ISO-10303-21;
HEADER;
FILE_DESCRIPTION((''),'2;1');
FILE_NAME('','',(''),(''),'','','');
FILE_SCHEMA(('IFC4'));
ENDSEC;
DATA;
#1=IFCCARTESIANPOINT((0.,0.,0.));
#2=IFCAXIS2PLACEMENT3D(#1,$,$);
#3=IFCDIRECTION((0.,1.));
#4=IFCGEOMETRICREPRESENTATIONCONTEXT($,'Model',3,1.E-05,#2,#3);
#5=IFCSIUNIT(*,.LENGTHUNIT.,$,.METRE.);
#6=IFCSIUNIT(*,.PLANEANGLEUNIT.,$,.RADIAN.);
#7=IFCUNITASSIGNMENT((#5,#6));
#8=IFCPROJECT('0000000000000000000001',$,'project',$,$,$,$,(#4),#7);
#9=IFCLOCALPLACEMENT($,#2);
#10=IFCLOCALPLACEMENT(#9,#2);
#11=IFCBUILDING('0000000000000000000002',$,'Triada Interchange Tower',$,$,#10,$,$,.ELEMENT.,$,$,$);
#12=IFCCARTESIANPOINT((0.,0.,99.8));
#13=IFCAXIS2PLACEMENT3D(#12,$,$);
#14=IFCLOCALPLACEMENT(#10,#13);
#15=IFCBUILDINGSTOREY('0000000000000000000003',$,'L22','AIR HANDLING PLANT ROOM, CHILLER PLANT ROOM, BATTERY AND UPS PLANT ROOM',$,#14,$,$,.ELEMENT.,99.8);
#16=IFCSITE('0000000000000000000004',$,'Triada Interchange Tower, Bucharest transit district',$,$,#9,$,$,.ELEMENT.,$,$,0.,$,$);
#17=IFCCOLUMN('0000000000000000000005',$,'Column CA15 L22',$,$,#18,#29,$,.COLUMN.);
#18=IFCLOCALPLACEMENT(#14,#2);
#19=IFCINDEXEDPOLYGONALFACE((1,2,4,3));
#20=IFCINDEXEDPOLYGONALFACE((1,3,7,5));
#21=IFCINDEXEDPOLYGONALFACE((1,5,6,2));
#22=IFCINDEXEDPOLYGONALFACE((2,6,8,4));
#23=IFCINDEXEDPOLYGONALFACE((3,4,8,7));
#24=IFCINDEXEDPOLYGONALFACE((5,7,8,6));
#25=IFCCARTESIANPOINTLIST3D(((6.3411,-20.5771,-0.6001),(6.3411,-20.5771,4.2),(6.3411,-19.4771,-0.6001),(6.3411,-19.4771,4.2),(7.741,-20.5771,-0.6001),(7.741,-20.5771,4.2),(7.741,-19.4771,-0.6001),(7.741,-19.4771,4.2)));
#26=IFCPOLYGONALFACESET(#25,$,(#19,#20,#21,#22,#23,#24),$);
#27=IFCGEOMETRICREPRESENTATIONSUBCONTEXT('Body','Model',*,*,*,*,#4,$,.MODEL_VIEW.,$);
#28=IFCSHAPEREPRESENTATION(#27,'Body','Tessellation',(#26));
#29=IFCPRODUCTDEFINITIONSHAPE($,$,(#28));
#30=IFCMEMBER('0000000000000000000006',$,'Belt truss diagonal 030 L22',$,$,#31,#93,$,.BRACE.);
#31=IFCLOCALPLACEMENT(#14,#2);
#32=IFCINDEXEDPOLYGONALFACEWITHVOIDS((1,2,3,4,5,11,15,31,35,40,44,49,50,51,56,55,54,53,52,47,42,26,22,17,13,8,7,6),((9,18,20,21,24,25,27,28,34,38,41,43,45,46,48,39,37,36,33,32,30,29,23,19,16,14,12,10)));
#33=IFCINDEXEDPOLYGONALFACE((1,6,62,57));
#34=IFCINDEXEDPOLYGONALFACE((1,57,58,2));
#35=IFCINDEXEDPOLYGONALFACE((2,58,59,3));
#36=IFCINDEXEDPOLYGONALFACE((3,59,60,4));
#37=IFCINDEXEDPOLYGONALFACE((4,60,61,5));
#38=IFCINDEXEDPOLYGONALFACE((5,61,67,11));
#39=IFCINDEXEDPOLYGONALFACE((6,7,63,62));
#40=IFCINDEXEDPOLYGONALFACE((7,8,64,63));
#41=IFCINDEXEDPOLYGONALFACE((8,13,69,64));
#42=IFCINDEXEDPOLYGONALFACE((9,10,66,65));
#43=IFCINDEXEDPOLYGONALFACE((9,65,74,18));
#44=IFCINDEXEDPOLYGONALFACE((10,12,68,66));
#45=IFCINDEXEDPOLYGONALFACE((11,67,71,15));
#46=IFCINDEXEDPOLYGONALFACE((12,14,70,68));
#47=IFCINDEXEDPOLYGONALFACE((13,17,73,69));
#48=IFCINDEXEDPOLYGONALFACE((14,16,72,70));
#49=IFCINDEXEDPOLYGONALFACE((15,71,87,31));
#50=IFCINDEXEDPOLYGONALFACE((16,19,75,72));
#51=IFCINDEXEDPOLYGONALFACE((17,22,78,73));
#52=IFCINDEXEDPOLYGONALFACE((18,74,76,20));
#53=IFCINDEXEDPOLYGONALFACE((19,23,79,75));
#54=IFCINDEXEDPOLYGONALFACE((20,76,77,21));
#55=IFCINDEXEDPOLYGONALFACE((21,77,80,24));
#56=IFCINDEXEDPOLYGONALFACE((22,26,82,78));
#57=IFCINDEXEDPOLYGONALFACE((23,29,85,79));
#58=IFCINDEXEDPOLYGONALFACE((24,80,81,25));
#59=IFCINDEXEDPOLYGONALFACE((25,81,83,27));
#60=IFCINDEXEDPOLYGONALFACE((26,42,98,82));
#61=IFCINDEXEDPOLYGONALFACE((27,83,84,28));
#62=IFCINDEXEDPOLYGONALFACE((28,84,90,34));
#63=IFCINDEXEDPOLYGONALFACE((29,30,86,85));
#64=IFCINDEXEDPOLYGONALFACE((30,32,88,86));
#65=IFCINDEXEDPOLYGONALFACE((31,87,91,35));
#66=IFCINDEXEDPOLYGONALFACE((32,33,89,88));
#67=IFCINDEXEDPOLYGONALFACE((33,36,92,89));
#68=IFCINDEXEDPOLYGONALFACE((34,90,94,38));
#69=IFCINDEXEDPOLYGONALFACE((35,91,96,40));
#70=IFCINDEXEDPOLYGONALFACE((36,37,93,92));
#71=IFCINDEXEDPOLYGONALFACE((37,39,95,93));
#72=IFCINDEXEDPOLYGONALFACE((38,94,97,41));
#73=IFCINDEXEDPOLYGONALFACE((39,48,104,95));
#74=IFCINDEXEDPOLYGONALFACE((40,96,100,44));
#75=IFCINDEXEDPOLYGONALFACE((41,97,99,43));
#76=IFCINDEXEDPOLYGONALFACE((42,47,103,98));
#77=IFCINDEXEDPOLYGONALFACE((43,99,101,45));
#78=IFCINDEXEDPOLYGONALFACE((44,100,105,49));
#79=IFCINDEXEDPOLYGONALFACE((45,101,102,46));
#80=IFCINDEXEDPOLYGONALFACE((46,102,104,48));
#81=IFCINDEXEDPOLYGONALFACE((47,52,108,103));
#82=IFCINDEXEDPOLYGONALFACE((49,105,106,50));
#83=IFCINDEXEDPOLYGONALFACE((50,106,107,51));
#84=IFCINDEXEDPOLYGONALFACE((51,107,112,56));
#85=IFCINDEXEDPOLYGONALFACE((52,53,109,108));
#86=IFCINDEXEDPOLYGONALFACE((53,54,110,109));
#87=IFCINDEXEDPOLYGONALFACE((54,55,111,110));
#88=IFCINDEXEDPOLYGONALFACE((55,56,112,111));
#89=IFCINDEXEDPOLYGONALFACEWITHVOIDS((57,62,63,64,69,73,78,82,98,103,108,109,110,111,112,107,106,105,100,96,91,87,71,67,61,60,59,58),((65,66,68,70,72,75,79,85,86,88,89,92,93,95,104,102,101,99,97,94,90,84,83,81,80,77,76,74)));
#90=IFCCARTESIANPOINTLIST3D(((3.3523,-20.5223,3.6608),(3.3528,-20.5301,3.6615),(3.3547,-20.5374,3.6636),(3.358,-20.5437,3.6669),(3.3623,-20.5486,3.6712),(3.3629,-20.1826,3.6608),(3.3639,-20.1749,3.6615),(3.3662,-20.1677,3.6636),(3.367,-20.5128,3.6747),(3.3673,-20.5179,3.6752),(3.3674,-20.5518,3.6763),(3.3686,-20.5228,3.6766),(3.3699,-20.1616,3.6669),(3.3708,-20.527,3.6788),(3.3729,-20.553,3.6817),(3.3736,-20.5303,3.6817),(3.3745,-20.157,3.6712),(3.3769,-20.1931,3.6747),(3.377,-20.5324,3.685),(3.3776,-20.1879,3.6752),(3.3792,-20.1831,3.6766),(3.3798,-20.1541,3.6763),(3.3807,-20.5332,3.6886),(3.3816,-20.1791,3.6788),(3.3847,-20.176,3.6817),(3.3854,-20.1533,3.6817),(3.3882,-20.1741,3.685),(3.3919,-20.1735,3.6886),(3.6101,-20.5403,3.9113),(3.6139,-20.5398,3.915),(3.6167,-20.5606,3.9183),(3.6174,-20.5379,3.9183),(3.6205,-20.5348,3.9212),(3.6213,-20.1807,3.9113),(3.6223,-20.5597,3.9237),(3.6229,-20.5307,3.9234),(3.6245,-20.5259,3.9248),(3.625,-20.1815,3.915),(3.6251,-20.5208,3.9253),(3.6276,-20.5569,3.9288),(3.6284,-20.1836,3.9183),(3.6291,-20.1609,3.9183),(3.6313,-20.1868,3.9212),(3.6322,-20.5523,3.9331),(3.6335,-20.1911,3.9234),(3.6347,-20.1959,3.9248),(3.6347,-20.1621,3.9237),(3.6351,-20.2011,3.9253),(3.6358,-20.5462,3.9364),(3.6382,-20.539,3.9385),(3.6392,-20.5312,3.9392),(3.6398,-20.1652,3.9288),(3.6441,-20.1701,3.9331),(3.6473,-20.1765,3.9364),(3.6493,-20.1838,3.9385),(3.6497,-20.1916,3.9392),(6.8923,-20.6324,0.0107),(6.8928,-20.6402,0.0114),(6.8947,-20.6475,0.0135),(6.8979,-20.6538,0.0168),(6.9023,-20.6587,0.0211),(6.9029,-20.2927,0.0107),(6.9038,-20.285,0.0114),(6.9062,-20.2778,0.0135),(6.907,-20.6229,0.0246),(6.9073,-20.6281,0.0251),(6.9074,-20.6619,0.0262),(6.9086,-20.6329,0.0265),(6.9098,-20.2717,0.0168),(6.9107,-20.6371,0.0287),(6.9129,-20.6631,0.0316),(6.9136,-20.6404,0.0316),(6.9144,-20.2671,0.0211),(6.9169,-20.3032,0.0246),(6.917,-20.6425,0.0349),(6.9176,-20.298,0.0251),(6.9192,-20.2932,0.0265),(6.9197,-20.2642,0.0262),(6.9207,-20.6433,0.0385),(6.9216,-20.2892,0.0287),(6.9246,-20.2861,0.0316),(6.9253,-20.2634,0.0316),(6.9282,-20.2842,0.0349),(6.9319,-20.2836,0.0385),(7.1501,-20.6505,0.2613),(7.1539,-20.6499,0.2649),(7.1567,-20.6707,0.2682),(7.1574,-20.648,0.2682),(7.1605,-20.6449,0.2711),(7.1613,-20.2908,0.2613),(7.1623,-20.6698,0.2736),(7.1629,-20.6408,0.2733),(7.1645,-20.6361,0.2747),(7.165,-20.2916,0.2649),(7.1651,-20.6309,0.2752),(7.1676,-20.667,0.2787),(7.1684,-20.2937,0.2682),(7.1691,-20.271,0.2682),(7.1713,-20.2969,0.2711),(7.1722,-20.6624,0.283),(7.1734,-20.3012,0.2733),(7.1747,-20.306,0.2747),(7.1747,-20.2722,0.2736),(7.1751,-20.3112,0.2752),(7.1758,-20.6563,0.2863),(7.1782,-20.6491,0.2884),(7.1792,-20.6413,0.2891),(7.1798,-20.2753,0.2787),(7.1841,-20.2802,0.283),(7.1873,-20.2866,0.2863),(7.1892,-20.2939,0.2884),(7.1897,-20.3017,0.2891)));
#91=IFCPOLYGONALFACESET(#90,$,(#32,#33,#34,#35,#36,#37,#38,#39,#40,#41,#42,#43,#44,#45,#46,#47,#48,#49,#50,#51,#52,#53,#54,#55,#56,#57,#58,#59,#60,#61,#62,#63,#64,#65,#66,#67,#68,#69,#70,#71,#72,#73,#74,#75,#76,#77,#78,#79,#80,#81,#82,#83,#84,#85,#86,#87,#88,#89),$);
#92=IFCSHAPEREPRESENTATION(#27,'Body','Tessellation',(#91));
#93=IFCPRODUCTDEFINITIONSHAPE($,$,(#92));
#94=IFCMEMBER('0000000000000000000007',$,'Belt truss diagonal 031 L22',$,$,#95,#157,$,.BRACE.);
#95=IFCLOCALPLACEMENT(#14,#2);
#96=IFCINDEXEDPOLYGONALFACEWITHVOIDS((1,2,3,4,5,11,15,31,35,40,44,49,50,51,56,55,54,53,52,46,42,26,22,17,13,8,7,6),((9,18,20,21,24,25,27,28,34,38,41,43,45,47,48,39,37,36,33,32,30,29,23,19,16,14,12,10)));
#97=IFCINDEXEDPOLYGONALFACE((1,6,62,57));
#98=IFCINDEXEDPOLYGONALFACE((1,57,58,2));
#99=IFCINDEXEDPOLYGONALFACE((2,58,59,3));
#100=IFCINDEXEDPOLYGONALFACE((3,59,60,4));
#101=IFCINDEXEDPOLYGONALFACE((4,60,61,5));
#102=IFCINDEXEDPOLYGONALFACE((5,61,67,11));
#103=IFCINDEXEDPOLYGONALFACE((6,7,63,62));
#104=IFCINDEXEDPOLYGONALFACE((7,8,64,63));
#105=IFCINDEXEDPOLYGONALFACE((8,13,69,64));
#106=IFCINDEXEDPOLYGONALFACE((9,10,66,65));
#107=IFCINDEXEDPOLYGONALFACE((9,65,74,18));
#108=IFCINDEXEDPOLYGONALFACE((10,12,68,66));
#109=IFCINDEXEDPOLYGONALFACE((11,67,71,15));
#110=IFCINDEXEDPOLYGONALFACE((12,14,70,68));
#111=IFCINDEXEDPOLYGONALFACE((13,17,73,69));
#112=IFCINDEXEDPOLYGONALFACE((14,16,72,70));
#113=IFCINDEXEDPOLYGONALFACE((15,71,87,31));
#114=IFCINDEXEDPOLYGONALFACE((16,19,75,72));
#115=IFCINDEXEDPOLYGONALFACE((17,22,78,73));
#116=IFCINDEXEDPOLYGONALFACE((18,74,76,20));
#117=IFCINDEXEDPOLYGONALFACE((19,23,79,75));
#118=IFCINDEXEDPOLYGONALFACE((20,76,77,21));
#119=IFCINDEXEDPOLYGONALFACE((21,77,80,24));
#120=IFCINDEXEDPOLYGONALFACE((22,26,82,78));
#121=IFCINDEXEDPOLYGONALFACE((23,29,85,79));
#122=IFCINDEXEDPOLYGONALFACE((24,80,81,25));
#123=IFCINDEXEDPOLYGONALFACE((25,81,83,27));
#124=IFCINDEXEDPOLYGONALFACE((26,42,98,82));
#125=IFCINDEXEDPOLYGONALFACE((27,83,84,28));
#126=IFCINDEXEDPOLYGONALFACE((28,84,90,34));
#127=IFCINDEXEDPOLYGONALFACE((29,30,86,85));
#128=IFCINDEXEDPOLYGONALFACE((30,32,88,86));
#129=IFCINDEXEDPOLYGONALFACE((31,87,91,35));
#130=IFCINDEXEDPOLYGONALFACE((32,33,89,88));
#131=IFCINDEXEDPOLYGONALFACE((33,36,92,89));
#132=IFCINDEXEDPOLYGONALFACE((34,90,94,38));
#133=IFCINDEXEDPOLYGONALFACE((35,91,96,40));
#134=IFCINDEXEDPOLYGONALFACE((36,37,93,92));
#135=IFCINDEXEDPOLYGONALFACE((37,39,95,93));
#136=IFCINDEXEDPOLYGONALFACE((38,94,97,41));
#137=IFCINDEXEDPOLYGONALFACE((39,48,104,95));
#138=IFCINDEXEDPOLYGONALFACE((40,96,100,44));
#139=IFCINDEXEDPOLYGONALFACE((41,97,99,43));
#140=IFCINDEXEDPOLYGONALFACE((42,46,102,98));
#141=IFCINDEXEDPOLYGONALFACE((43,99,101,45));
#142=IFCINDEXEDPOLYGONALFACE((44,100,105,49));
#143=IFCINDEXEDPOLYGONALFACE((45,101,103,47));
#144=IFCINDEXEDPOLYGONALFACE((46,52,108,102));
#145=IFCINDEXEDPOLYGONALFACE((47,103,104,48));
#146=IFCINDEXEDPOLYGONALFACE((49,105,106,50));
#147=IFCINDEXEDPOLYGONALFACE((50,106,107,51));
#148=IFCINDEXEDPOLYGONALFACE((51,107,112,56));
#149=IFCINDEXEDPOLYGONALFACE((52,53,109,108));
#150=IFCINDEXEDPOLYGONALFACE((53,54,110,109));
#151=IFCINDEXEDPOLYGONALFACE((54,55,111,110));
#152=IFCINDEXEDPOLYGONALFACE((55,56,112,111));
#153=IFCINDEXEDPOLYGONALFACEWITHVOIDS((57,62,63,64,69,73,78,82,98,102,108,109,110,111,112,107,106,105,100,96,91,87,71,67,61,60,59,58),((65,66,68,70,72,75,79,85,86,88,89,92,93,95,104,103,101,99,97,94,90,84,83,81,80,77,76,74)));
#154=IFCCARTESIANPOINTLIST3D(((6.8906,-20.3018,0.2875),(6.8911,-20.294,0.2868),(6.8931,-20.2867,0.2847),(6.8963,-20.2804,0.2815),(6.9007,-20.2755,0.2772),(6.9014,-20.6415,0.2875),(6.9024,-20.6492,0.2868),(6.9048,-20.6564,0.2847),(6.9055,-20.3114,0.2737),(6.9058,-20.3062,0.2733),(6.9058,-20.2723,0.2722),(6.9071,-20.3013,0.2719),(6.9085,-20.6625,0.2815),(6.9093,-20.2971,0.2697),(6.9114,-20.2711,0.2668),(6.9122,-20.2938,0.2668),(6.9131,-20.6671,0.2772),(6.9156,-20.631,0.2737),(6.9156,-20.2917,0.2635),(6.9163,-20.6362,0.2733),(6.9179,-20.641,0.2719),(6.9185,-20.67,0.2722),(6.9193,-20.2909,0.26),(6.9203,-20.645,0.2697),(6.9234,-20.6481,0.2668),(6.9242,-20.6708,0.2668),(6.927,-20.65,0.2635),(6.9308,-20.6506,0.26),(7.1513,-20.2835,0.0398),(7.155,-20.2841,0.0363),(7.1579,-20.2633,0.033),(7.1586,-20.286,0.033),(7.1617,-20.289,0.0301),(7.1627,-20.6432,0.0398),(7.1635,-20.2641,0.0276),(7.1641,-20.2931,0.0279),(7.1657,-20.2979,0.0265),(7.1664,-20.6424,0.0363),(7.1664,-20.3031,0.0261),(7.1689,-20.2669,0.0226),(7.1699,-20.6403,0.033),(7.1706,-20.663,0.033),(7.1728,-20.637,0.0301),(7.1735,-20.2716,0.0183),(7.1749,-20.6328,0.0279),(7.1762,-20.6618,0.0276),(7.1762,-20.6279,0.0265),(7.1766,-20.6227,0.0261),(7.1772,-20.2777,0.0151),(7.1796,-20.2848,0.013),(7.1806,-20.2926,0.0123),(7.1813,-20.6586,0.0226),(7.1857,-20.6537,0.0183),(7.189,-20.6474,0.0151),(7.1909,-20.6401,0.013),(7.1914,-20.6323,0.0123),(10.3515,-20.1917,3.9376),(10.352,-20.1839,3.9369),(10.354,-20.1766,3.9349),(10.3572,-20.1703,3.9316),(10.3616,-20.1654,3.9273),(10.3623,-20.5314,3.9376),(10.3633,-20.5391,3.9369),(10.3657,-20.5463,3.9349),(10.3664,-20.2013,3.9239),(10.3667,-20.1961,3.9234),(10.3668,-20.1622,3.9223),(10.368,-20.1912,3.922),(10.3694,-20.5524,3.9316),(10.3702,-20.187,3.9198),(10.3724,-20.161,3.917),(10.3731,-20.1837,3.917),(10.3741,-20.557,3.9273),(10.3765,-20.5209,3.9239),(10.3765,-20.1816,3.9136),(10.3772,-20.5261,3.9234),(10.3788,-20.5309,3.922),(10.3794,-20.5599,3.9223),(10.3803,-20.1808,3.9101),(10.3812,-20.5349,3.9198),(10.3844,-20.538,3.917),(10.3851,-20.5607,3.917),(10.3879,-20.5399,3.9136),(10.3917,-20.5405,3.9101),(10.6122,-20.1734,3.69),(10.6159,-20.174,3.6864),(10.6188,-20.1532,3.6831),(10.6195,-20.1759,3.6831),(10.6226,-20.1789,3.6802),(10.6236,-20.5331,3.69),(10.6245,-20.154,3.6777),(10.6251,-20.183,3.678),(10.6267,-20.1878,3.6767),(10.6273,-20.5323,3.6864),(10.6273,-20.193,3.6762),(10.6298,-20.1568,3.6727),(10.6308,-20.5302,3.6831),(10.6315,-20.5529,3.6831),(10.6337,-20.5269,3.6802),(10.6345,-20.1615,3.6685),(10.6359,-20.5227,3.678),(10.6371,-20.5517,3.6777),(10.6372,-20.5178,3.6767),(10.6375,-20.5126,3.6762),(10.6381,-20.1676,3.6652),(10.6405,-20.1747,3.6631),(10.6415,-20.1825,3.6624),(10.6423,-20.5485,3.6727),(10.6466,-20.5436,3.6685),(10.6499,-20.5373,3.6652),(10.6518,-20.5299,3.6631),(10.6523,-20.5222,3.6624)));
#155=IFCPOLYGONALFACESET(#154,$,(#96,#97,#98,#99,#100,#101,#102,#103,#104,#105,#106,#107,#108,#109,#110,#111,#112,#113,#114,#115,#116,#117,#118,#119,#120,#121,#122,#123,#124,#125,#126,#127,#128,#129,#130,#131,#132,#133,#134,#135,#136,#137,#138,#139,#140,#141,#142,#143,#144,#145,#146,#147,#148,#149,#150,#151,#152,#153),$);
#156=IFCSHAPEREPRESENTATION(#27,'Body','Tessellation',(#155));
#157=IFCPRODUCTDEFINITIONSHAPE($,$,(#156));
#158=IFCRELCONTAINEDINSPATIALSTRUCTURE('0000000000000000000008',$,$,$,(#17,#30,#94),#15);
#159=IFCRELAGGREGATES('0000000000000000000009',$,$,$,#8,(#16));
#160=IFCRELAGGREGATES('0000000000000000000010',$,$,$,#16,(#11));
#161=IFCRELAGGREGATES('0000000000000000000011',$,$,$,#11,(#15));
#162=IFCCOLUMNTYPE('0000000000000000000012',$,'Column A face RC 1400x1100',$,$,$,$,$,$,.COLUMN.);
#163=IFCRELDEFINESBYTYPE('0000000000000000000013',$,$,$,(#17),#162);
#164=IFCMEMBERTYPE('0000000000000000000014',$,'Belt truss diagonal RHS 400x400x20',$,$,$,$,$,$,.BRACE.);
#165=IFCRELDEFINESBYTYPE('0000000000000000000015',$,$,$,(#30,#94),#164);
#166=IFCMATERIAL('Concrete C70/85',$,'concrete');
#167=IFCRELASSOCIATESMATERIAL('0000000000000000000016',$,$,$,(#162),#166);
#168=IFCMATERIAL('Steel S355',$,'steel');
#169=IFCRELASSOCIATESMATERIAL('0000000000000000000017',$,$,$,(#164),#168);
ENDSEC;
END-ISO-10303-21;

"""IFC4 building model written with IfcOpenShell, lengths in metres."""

from ifc_helpers import new_model, si_unit, direction, frame, origin, origin_2d, place, context, subcontext, project, spatial, rectangle, hollow_rectangle, extrude, material, material_profile, profile_set, type_object, element, save


model = new_model("IFC4")

# Units and contexts
model_context = context("Model", 3, precision=1e-05, world=origin(), true_north=direction((0.0, 1.0)))
body_context = subcontext(model_context, "Body", "Model", "MODEL_VIEW")
ifc_project = project(units=[si_unit("LENGTHUNIT", "METRE"), si_unit("PLANEANGLEUNIT", "RADIAN")], contexts=[model_context])

# Site, building, storey
site_placement = place(None, origin())
site = spatial("IfcSite", under=ifc_project, at=site_placement, Name="Triada Interchange Tower, Bucharest transit district", CompositionType="ELEMENT", RefElevation=0.0)
building_placement = place(site_placement, origin())
building = spatial("IfcBuilding", under=site, at=building_placement, Name="Triada Interchange Tower", CompositionType="ELEMENT")
storey_placement = place(building_placement, frame((0.0, 0.0, 99.8)))
storey = spatial("IfcBuildingStorey", under=building, at=storey_placement, Name="L22", Description="AIR HANDLING PLANT ROOM, CHILLER PLANT ROOM, BATTERY AND UPS PLANT ROOM", CompositionType="ELEMENT", Elevation=99.8)

# Column
ifc_material_1 = material(Name="Concrete C70/85", Category="concrete")
ifc_material_profile_1 = material_profile(ifc_material_1, rectangle(XDim=1.3999, YDim=1.1001, at=origin_2d()), Name="RC 1400x1100")
ifc_profile_set_1 = profile_set([ifc_material_profile_1], Name="Concrete C70/85")
column_type = type_object("IfcColumnType", Name="Column A face RC 1400x1100", PredefinedType="COLUMN", material=ifc_profile_set_1)
column_placement = place(storey_placement, frame((7.041, -20.0271, -0.6001), z_axis=(0.0, 0.0, 1.0), x_axis=(1.0, 0.0, 0.0)))
element("IfcColumn", 1, at=column_placement, inside=storey, type_object=column_type, Name="Column CA15 L22", PredefinedType="COLUMN", context=body_context, shape_type="SweptSolid", body=[
    extrude(rectangle(XDim=1.3999, YDim=1.1001, at=origin_2d()), origin(), (0.0, 0.0, 1.0), 4.8),
])

# Members
ifc_material_2 = material(Name="Steel S355", Category="steel")
ifc_material_profile_2 = material_profile(ifc_material_2, hollow_rectangle(XDim=0.3999, YDim=0.3999, WallThickness=0.02, InnerFilletRadius=0.02, OuterFilletRadius=0.03, at=origin_2d()), Name="RHS 400x400x20")
ifc_profile_set_2 = profile_set([ifc_material_profile_2], Name="Steel S355")
member_type_1 = type_object("IfcMemberType", Name="Belt truss diagonal RHS 400x400x20", PredefinedType="BRACE", material=ifc_profile_set_2)
member_1_placement = place(storey_placement, frame((7.041, -20.467, 0.1499), z_axis=(-0.696034, 0.021649, 0.717683), x_axis=(-0.031088, -0.999517, 0.0)))
element("IfcMember", 2, at=member_1_placement, inside=storey, type_object=member_type_1, Name="Belt truss diagonal 030 L22", PredefinedType="BRACE", context=body_context, shape_type="SweptSolid", body=[
    extrude(hollow_rectangle(XDim=0.3999, YDim=0.3999, WallThickness=0.02, InnerFilletRadius=0.02, OuterFilletRadius=0.03, at=origin_2d()), origin(), (0.0, 0.0, 1.0), 5.0859),
])
member_2_placement = place(storey_placement, frame((7.041, -20.467, 0.1499), z_axis=(0.687884, 0.021885, 0.725491), x_axis=(-0.031798, 0.999494, 0.0)))
element("IfcMember", 3, at=member_2_placement, inside=storey, type_object=member_type_1, Name="Belt truss diagonal 031 L22", PredefinedType="BRACE", context=body_context, shape_type="SweptSolid", body=[
    extrude(hollow_rectangle(XDim=0.3999, YDim=0.3999, WallThickness=0.02, InnerFilletRadius=0.02, OuterFilletRadius=0.03, at=origin_2d()), origin(), (0.0, 0.0, 1.0), 5.0312),
])

save(model, "model.ifc")
